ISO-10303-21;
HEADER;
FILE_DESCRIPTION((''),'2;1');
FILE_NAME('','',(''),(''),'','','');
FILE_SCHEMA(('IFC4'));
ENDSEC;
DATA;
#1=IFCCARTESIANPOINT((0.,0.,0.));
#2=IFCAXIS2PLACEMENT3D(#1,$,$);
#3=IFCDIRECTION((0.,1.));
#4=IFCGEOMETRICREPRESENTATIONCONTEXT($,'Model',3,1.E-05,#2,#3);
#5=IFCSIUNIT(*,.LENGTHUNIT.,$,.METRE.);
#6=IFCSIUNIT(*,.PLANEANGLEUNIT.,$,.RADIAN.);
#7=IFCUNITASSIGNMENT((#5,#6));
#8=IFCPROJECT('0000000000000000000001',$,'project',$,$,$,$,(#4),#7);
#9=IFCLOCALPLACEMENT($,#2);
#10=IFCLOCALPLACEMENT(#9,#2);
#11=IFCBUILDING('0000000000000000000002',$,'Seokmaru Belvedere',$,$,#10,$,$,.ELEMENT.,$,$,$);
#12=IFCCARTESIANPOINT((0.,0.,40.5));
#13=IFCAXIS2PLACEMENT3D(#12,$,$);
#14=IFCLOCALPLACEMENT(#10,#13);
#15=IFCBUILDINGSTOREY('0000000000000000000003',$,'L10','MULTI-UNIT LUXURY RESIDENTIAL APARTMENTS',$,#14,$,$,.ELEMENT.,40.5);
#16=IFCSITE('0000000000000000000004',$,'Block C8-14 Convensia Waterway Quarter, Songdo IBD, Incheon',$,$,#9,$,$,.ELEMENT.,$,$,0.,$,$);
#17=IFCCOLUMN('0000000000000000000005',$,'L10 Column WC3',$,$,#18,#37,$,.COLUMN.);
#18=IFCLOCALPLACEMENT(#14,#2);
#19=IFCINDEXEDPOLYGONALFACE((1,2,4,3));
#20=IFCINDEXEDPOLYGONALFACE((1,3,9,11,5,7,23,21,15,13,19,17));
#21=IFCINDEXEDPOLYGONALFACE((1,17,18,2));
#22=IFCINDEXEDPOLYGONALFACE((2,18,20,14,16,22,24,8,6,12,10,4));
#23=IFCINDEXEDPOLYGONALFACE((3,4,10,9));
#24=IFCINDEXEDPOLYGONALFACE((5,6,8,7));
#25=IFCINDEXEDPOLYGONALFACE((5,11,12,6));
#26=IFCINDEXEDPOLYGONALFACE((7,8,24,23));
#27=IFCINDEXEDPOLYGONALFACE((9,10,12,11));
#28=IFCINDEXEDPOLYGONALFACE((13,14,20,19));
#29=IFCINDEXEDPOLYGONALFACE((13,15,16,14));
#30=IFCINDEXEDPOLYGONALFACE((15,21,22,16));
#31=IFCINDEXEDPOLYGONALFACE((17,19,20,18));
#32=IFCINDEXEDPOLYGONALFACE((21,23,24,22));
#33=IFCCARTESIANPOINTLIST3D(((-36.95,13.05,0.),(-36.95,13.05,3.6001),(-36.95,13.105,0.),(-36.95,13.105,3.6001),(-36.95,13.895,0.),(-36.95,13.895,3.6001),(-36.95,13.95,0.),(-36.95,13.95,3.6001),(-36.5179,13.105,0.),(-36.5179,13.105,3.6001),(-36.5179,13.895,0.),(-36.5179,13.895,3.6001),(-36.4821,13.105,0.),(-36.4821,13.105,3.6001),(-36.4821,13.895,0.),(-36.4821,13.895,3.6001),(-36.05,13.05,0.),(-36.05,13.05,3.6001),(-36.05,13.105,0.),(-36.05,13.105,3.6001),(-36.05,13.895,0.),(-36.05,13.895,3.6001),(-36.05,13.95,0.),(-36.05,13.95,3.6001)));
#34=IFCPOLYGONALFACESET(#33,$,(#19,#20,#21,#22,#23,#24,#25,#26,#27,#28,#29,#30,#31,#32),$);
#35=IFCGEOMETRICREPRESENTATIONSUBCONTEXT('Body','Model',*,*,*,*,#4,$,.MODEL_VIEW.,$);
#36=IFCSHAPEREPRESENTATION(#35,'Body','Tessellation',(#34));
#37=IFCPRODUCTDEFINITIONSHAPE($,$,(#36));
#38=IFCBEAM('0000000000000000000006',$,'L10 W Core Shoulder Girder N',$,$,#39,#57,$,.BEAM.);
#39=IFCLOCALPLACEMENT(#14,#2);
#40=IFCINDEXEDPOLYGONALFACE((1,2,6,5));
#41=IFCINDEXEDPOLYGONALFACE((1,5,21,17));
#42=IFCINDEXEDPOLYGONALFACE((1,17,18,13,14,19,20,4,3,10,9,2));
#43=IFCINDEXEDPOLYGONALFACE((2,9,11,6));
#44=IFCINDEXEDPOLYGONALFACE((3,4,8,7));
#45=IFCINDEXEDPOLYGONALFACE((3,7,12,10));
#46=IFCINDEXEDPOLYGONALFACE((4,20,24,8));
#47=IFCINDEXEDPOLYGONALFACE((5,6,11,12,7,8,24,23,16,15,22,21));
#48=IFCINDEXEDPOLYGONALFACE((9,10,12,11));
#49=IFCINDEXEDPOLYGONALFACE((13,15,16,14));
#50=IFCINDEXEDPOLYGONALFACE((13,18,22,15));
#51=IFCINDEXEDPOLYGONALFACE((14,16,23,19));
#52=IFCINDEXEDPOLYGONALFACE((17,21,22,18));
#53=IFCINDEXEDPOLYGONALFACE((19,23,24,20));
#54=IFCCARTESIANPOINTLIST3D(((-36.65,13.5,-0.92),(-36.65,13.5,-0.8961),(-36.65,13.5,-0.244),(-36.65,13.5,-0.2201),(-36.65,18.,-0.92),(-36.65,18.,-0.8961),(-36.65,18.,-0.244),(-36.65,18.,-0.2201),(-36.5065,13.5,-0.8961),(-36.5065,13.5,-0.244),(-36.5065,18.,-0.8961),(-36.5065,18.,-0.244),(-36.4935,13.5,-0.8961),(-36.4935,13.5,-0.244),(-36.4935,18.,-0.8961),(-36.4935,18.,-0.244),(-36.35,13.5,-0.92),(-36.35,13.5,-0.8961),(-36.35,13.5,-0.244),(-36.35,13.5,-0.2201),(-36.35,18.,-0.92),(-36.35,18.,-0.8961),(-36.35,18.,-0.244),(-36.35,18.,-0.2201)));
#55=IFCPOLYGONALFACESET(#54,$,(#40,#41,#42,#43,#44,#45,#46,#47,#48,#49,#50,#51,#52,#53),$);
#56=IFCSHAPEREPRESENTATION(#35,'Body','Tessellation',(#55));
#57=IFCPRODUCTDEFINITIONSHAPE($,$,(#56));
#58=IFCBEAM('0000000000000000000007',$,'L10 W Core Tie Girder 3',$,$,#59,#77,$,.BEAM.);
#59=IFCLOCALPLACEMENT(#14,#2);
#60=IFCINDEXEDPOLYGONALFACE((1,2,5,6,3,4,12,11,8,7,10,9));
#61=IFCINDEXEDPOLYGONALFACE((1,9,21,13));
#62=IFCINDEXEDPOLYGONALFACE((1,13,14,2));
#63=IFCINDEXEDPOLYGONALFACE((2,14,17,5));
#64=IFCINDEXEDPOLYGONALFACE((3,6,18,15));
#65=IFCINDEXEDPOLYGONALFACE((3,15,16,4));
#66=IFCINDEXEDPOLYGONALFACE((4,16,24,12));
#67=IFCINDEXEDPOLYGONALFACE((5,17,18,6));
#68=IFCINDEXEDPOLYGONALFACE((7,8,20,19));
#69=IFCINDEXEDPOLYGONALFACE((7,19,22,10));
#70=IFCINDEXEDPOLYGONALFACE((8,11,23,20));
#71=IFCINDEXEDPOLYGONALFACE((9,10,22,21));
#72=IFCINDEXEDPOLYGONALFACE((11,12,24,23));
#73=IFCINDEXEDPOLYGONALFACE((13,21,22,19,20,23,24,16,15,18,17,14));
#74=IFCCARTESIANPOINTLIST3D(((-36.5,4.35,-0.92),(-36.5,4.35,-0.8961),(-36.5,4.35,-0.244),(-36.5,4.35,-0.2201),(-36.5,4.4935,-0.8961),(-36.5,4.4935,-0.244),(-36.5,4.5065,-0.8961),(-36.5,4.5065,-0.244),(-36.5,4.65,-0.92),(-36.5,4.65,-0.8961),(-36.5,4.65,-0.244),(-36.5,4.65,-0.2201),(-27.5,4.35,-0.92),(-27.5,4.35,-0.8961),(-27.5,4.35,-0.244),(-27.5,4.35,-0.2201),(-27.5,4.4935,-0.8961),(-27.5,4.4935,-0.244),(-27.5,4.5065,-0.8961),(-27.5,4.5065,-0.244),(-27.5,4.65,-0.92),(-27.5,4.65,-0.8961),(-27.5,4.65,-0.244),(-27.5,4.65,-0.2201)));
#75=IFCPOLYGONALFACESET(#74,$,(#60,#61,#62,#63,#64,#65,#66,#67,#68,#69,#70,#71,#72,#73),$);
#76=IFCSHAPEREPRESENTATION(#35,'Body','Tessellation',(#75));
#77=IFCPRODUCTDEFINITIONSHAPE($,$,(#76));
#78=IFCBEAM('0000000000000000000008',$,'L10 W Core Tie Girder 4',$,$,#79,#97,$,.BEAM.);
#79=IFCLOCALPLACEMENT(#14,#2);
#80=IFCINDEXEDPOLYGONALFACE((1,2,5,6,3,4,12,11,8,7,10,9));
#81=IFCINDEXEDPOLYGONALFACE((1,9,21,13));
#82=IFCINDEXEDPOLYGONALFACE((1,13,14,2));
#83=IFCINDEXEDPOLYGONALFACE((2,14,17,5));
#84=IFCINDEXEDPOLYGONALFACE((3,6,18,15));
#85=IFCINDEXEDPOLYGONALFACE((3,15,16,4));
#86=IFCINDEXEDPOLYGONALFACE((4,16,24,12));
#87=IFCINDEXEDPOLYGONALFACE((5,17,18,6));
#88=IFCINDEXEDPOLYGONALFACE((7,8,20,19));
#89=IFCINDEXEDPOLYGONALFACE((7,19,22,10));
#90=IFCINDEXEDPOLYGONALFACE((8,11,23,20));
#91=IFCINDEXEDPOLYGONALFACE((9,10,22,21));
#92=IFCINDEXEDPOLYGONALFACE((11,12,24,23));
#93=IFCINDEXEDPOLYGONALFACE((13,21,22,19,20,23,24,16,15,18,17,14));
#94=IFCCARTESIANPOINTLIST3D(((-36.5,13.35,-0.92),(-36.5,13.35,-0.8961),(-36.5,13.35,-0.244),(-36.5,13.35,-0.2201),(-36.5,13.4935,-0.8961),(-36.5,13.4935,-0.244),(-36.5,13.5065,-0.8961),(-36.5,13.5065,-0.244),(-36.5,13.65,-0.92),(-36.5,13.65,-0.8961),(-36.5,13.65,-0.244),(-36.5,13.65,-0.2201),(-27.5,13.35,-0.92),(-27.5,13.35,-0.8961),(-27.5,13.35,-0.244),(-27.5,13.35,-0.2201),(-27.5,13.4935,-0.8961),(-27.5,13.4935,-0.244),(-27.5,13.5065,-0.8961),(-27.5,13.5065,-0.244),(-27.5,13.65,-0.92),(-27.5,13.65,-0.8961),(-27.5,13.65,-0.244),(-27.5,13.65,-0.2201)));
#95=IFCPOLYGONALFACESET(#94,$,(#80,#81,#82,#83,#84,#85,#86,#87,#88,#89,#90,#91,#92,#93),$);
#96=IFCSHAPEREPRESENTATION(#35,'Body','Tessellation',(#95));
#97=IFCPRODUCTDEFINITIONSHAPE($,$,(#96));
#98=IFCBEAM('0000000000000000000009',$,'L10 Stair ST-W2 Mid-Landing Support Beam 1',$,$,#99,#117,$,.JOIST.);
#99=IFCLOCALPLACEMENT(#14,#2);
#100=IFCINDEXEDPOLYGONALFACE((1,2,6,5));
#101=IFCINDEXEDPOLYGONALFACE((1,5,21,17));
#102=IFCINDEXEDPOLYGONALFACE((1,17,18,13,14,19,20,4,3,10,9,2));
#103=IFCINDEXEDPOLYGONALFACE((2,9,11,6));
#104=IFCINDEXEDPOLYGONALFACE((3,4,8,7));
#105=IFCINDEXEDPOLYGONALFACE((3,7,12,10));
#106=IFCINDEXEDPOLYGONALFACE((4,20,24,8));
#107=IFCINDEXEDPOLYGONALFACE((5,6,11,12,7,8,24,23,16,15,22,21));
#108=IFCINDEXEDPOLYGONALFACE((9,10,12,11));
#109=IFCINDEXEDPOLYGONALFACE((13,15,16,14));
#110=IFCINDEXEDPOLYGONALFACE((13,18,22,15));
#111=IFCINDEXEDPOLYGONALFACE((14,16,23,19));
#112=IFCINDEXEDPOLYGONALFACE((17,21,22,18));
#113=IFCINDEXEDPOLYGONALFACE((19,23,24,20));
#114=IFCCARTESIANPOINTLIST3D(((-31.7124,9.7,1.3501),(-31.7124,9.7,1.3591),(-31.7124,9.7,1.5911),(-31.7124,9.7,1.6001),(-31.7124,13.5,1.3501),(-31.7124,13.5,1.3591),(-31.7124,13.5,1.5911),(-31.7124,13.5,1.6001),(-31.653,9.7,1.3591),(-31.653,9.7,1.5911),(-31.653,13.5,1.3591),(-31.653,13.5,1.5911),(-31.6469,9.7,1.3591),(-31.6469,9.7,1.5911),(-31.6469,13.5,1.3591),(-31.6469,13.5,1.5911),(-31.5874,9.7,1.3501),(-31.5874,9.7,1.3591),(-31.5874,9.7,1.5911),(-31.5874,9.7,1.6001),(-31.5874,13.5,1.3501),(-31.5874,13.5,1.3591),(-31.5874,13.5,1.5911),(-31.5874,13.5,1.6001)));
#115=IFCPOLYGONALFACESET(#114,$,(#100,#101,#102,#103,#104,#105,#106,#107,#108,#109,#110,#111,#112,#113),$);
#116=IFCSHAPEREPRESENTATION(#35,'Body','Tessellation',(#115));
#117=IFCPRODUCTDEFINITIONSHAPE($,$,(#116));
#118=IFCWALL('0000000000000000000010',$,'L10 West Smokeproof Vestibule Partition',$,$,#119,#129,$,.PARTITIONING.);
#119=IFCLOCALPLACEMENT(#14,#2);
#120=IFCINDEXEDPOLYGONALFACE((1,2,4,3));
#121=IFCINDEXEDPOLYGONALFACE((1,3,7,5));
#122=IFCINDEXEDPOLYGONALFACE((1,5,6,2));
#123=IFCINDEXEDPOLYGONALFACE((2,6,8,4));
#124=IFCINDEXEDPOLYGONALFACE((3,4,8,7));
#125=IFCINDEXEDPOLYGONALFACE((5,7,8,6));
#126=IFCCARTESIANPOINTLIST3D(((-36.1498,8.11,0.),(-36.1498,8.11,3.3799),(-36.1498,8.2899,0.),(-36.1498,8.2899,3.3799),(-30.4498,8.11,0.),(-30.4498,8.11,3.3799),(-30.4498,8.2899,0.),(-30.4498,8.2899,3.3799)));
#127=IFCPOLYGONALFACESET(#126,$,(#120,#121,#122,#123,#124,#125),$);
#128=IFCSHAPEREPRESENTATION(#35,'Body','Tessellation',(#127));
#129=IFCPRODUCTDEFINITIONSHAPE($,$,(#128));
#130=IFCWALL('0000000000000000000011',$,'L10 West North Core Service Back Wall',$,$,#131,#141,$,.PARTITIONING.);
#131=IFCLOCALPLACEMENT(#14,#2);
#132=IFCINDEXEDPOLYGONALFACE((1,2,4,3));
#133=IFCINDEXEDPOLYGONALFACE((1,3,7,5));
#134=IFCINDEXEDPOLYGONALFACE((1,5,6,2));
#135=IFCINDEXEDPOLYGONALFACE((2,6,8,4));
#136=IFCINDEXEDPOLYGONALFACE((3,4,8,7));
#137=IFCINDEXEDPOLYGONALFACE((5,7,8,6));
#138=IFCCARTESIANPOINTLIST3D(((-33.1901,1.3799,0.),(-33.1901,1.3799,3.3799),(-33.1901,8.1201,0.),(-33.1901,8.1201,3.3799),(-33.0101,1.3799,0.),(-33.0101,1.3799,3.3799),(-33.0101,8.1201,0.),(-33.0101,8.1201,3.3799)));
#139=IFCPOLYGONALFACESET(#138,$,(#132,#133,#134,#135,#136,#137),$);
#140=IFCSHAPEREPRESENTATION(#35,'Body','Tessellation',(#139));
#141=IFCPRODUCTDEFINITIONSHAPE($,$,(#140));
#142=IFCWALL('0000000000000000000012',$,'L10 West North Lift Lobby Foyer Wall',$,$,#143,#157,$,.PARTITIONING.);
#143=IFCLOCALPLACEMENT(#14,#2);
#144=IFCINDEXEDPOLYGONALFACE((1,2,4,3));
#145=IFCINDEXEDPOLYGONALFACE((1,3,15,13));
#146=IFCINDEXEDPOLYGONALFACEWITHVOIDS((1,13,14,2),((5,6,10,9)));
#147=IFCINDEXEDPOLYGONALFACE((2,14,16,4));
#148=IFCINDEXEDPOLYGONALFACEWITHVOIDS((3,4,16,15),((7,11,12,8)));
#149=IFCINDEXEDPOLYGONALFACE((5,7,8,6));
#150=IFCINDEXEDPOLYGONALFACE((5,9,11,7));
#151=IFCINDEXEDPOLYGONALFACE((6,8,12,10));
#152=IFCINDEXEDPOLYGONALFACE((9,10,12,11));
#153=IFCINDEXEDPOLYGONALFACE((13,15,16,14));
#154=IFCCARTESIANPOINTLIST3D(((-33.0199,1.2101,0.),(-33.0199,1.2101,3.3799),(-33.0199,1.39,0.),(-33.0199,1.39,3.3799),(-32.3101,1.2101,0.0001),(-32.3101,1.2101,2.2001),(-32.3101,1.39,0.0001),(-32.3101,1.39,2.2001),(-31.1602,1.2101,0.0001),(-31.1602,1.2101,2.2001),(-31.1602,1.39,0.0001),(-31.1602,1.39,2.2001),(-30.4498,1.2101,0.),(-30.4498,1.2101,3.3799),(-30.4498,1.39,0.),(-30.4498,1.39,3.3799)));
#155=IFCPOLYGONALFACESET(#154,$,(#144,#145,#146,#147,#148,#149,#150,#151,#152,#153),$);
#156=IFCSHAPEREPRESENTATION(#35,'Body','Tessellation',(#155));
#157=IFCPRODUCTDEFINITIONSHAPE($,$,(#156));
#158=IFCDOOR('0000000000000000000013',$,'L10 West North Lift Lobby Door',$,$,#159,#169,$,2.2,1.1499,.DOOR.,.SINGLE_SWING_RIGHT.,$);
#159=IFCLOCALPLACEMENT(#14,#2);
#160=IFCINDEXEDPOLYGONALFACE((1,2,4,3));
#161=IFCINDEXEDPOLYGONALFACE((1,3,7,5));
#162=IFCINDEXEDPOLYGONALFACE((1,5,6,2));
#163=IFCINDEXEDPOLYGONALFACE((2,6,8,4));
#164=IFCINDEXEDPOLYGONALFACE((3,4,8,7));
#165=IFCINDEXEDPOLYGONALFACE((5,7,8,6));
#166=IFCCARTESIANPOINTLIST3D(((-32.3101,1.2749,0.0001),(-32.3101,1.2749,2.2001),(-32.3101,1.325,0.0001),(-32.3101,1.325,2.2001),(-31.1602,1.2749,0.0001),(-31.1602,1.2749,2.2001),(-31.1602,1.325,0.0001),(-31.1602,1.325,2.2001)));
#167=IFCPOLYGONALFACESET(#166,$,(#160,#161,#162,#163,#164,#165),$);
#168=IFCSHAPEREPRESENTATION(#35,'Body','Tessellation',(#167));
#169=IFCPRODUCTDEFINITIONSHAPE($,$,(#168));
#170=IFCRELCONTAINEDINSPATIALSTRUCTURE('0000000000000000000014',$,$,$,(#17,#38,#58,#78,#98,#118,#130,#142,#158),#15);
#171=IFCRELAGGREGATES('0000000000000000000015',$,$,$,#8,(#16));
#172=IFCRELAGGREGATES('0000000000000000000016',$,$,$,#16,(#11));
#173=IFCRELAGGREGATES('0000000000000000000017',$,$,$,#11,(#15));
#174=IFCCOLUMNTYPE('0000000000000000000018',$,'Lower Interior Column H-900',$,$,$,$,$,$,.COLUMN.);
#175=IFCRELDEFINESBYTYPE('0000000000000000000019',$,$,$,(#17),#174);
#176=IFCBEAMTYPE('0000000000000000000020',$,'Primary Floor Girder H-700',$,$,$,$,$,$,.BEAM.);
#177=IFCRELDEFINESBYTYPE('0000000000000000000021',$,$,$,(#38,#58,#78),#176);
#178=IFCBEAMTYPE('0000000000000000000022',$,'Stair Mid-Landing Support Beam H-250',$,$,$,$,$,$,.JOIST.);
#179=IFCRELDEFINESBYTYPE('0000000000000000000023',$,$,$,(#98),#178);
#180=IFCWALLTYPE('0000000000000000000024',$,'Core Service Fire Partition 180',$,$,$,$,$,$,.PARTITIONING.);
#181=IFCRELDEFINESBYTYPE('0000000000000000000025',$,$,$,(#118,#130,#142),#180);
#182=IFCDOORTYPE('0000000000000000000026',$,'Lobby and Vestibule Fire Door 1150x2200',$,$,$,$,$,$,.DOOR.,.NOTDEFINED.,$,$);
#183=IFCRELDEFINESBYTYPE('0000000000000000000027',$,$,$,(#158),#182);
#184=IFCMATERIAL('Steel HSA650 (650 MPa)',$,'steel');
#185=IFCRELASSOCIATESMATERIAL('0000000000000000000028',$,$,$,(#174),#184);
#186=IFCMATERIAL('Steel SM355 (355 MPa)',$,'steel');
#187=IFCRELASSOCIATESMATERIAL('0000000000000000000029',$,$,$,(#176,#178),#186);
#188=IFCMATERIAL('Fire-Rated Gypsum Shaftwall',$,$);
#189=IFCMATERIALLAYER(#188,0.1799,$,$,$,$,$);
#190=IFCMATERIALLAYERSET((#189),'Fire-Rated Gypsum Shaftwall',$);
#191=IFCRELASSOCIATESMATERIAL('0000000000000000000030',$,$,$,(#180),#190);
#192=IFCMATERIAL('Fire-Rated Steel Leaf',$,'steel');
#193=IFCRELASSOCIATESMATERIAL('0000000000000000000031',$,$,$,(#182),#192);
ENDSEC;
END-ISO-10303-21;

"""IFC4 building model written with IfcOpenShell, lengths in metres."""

from ifc_helpers import new_model, si_unit, direction, frame, frame_2d, origin, origin_2d, place, context, subcontext, project, spatial, rectangle, i_section, extrude, source, transform, mapped, material, layer, layer_set, material_profile, profile_set, type_object, type_shapes, element, fill, save


model = new_model("IFC4")

# Units and contexts
model_context = context("Model", 3, precision=1e-05, world=origin(), true_north=direction((0.0, 1.0)))
body_context = subcontext(model_context, "Body", "Model", "MODEL_VIEW")
ifc_project = project(units=[si_unit("LENGTHUNIT", "METRE"), si_unit("PLANEANGLEUNIT", "RADIAN")], contexts=[model_context])

# Site, building, storey
site_placement = place(None, origin())
site = spatial("IfcSite", under=ifc_project, at=site_placement, Name="Block C8-14 Convensia Waterway Quarter, Songdo IBD, Incheon", CompositionType="ELEMENT", RefElevation=0.0)
building_placement = place(site_placement, origin())
building = spatial("IfcBuilding", under=site, at=building_placement, Name="Seokmaru Belvedere", CompositionType="ELEMENT")
storey_placement = place(building_placement, frame((0.0, 0.0, 40.5)))
storey = spatial("IfcBuildingStorey", under=building, at=storey_placement, Name="L10", Description="MULTI-UNIT LUXURY RESIDENTIAL APARTMENTS", CompositionType="ELEMENT", Elevation=40.5)

# Column
ifc_material_1 = material(Name="Steel HSA650 (650 MPa)", Category="steel")
ifc_material_profile_1 = material_profile(ifc_material_1, i_section(OverallWidth=0.8999, OverallDepth=0.8999, WebThickness=0.0359, FlangeThickness=0.0549, at=origin_2d()), Name="H-900x900x36x55")
ifc_profile_set_1 = profile_set([ifc_material_profile_1], Name="Steel HSA650 (650 MPa)")
column_type = type_object("IfcColumnType", Name="Lower Interior Column H-900", PredefinedType="COLUMN", material=ifc_profile_set_1)
shared_shape_1 = source(origin(), body_context, "Body", "SweptSolid", [
    extrude(i_section(OverallWidth=0.8999, OverallDepth=0.8999, WebThickness=0.0359, FlangeThickness=0.0549, at=origin_2d()), origin(), (0.0, 0.0, 1.0), 3.6001),
])
type_shapes(column_type, [shared_shape_1])
column_placement = place(storey_placement, frame((-36.5, 13.5, 0.0), z_axis=(0.0, 0.0, 1.0), x_axis=(1.0, 0.0, 0.0)))
element("IfcColumn", 1, at=column_placement, inside=storey, type_object=column_type, Name="L10 Column WC3", PredefinedType="COLUMN", context=body_context, shape_type="MappedRepresentation", body=[
    mapped(shared_shape_1, transform((0.0, 0.0, 0.0), scale=1.0)),
])

# Beams
ifc_material_2 = material(Name="Steel SM355 (355 MPa)", Category="steel")
ifc_material_profile_2 = material_profile(ifc_material_2, i_section(OverallWidth=0.3, OverallDepth=0.7, WebThickness=0.0129, FlangeThickness=0.0239, at=origin_2d()), Name="H-700x300x13x24")
ifc_profile_set_2 = profile_set([ifc_material_profile_2], Name="Steel SM355 (355 MPa)")
beam_type_1 = type_object("IfcBeamType", Name="Primary Floor Girder H-700", PredefinedType="BEAM", material=ifc_profile_set_2)
shared_shape_2 = source(origin(), body_context, "Body", "SweptSolid", [
    extrude(i_section(OverallWidth=0.3, OverallDepth=0.7, WebThickness=0.0129, FlangeThickness=0.0239, at=origin_2d()), origin(), (0.0, 0.0, 1.0), 4.5),
])
beam_1_placement = place(storey_placement, frame((-36.5, 13.5, -0.5701), z_axis=(0.0, 1.0, 0.0), x_axis=(-1.0, 0.0, 0.0)))
element("IfcBeam", 2, at=beam_1_placement, inside=storey, type_object=beam_type_1, Name="L10 W Core Shoulder Girder N", PredefinedType="BEAM", context=body_context, shape_type="MappedRepresentation", body=[
    mapped(shared_shape_2, transform((0.0, 0.0, 0.0), scale=1.0)),
])
shared_shape_3 = source(origin(), body_context, "Body", "SweptSolid", [
    extrude(i_section(OverallWidth=0.3, OverallDepth=0.7, WebThickness=0.0129, FlangeThickness=0.0239, at=origin_2d()), origin(), (0.0, 0.0, 1.0), 9.0),
])
type_shapes(beam_type_1, [shared_shape_2, shared_shape_3])
for number, where, z_axis, x_axis, name in (
    (3, (-36.5, 4.5, -0.5701), (1.0, 0.0, 0.0), (0.0, 1.0, 0.0), "L10 W Core Tie Girder 3"),
    (4, (-36.5, 13.5, -0.5701), (1.0, 0.0, 0.0), (0.0, 1.0, 0.0), "L10 W Core Tie Girder 4"),
):
    element("IfcBeam", number, at=place(storey_placement, frame(where, z_axis=z_axis, x_axis=x_axis)), inside=storey, type_object=beam_type_1, Name=name, PredefinedType="BEAM", context=body_context, shape_type="MappedRepresentation", body=[
        mapped(shared_shape_3, transform((0.0, 0.0, 0.0), scale=1.0)),
    ])
ifc_material_profile_3 = material_profile(ifc_material_2, i_section(OverallWidth=0.125, OverallDepth=0.25, WebThickness=0.0061, FlangeThickness=0.009, at=origin_2d()), Name="H-250x125x6x9")
ifc_profile_set_3 = profile_set([ifc_material_profile_3], Name="Steel SM355 (355 MPa)")
beam_type_2 = type_object("IfcBeamType", Name="Stair Mid-Landing Support Beam H-250", PredefinedType="JOIST", material=ifc_profile_set_3)
shared_shape_4 = source(origin(), body_context, "Body", "SweptSolid", [
    extrude(i_section(OverallWidth=0.125, OverallDepth=0.25, WebThickness=0.0061, FlangeThickness=0.009, at=origin_2d()), origin(), (0.0, 0.0, 1.0), 3.8),
])
type_shapes(beam_type_2, [shared_shape_4])
beam_2_placement = place(storey_placement, frame((-31.6499, 9.7, 1.4751), z_axis=(0.0, 1.0, 0.0), x_axis=(-1.0, 0.0, 0.0)))
element("IfcBeam", 5, at=beam_2_placement, inside=storey, type_object=beam_type_2, Name="L10 Stair ST-W2 Mid-Landing Support Beam 1", PredefinedType="JOIST", context=body_context, shape_type="MappedRepresentation", body=[
    mapped(shared_shape_4, transform((0.0, 0.0, 0.0), scale=1.0)),
])

# Walls
ifc_material_3 = material(Name="Fire-Rated Gypsum Shaftwall")
ifc_layer_1 = layer(ifc_material_3, 0.1799)
ifc_layer_set_1 = layer_set([ifc_layer_1], Name="Fire-Rated Gypsum Shaftwall")
wall_type_1 = type_object("IfcWallType", Name="Core Service Fire Partition 180", PredefinedType="PARTITIONING", material=ifc_layer_set_1)
wall_1_placement = place(storey_placement, frame((-36.1499, 8.2, 0.0), z_axis=(0.0, 0.0, 1.0), x_axis=(1.0, 0.0, 0.0)))
element("IfcWall", 6, at=wall_1_placement, inside=storey, type_object=wall_type_1, Name="L10 West Smokeproof Vestibule Partition", PredefinedType="PARTITIONING", context=body_context, shape_type="SweptSolid", body=[
    extrude(rectangle(XDim=5.7, YDim=0.1799, at=frame_2d((2.8501, 0.0))), origin(), (0.0, 0.0, 1.0), 3.3799),
])
wall_2_placement = place(storey_placement, frame((-33.1001, 1.3799, 0.0), z_axis=(0.0, 0.0, 1.0), x_axis=(0.0, 1.0, 0.0)))
element("IfcWall", 7, at=wall_2_placement, inside=storey, type_object=wall_type_1, Name="L10 West North Core Service Back Wall", PredefinedType="PARTITIONING", context=body_context, shape_type="SweptSolid", body=[
    extrude(rectangle(XDim=6.7402, YDim=0.1799, at=frame_2d((3.3701, 0.0))), origin(), (0.0, 0.0, 1.0), 3.3799),
])

# Wall, opening, door
wall_3_placement = place(storey_placement, frame((-33.02, 1.3, 0.0), z_axis=(0.0, 0.0, 1.0), x_axis=(1.0, 0.0, 0.0)))
wall_3 = element("IfcWall", 8, at=wall_3_placement, inside=storey, type_object=wall_type_1, Name="L10 West North Lift Lobby Foyer Wall", PredefinedType="PARTITIONING", context=body_context, shape_type="SweptSolid", body=[
    extrude(rectangle(XDim=2.5701, YDim=0.1799, at=frame_2d((1.2852, 0.0))), origin(), (0.0, 0.0, 1.0), 3.3799),
])
opening_1_placement = place(wall_3_placement, frame((0.71, 0.0, 0.0)))
opening_1 = element("IfcOpeningElement", 9, at=opening_1_placement, cuts=wall_3, PredefinedType="OPENING", context=body_context, shape_type="SweptSolid", body=[
    extrude(rectangle(XDim=1.1499, YDim=2.2, at=frame_2d((0.575, 1.1001))), frame((0.0, 0.1001, 0.0), z_axis=(0.0, -1.0, 0.0), x_axis=(1.0, 0.0, 0.0)), (0.0, 0.0, 1.0), 0.2),
])
ifc_material_4 = material(Name="Fire-Rated Steel Leaf", Category="steel")
door_type_1 = type_object("IfcDoorType", Name="Lobby and Vestibule Fire Door 1150x2200", OperationType="NOTDEFINED", PredefinedType="DOOR", material=ifc_material_4)
shared_shape_5 = source(origin(), body_context, "Body", "SweptSolid", [
    extrude(rectangle(XDim=1.1499, YDim=2.2, at=frame_2d((0.575, 1.1001))), frame((0.0, 0.0249, 0.0), z_axis=(0.0, -1.0, 0.0), x_axis=(1.0, 0.0, 0.0)), (0.0, 0.0, 1.0), 0.05),
])
type_shapes(door_type_1, [shared_shape_5])
door_1_placement = place(opening_1_placement, origin())
door_1 = element("IfcDoor", 10, at=door_1_placement, inside=storey, type_object=door_type_1, Name="L10 West North Lift Lobby Door", OperationType="SINGLE_SWING_RIGHT", OverallHeight=2.2, OverallWidth=1.1499, PredefinedType="DOOR", context=body_context, shape_type="MappedRepresentation", body=[
    mapped(shared_shape_5, transform((0.0, 0.0, 0.0), scale=1.0)),
])
fill(opening_1, door_1)

save(model, "model.ifc")
